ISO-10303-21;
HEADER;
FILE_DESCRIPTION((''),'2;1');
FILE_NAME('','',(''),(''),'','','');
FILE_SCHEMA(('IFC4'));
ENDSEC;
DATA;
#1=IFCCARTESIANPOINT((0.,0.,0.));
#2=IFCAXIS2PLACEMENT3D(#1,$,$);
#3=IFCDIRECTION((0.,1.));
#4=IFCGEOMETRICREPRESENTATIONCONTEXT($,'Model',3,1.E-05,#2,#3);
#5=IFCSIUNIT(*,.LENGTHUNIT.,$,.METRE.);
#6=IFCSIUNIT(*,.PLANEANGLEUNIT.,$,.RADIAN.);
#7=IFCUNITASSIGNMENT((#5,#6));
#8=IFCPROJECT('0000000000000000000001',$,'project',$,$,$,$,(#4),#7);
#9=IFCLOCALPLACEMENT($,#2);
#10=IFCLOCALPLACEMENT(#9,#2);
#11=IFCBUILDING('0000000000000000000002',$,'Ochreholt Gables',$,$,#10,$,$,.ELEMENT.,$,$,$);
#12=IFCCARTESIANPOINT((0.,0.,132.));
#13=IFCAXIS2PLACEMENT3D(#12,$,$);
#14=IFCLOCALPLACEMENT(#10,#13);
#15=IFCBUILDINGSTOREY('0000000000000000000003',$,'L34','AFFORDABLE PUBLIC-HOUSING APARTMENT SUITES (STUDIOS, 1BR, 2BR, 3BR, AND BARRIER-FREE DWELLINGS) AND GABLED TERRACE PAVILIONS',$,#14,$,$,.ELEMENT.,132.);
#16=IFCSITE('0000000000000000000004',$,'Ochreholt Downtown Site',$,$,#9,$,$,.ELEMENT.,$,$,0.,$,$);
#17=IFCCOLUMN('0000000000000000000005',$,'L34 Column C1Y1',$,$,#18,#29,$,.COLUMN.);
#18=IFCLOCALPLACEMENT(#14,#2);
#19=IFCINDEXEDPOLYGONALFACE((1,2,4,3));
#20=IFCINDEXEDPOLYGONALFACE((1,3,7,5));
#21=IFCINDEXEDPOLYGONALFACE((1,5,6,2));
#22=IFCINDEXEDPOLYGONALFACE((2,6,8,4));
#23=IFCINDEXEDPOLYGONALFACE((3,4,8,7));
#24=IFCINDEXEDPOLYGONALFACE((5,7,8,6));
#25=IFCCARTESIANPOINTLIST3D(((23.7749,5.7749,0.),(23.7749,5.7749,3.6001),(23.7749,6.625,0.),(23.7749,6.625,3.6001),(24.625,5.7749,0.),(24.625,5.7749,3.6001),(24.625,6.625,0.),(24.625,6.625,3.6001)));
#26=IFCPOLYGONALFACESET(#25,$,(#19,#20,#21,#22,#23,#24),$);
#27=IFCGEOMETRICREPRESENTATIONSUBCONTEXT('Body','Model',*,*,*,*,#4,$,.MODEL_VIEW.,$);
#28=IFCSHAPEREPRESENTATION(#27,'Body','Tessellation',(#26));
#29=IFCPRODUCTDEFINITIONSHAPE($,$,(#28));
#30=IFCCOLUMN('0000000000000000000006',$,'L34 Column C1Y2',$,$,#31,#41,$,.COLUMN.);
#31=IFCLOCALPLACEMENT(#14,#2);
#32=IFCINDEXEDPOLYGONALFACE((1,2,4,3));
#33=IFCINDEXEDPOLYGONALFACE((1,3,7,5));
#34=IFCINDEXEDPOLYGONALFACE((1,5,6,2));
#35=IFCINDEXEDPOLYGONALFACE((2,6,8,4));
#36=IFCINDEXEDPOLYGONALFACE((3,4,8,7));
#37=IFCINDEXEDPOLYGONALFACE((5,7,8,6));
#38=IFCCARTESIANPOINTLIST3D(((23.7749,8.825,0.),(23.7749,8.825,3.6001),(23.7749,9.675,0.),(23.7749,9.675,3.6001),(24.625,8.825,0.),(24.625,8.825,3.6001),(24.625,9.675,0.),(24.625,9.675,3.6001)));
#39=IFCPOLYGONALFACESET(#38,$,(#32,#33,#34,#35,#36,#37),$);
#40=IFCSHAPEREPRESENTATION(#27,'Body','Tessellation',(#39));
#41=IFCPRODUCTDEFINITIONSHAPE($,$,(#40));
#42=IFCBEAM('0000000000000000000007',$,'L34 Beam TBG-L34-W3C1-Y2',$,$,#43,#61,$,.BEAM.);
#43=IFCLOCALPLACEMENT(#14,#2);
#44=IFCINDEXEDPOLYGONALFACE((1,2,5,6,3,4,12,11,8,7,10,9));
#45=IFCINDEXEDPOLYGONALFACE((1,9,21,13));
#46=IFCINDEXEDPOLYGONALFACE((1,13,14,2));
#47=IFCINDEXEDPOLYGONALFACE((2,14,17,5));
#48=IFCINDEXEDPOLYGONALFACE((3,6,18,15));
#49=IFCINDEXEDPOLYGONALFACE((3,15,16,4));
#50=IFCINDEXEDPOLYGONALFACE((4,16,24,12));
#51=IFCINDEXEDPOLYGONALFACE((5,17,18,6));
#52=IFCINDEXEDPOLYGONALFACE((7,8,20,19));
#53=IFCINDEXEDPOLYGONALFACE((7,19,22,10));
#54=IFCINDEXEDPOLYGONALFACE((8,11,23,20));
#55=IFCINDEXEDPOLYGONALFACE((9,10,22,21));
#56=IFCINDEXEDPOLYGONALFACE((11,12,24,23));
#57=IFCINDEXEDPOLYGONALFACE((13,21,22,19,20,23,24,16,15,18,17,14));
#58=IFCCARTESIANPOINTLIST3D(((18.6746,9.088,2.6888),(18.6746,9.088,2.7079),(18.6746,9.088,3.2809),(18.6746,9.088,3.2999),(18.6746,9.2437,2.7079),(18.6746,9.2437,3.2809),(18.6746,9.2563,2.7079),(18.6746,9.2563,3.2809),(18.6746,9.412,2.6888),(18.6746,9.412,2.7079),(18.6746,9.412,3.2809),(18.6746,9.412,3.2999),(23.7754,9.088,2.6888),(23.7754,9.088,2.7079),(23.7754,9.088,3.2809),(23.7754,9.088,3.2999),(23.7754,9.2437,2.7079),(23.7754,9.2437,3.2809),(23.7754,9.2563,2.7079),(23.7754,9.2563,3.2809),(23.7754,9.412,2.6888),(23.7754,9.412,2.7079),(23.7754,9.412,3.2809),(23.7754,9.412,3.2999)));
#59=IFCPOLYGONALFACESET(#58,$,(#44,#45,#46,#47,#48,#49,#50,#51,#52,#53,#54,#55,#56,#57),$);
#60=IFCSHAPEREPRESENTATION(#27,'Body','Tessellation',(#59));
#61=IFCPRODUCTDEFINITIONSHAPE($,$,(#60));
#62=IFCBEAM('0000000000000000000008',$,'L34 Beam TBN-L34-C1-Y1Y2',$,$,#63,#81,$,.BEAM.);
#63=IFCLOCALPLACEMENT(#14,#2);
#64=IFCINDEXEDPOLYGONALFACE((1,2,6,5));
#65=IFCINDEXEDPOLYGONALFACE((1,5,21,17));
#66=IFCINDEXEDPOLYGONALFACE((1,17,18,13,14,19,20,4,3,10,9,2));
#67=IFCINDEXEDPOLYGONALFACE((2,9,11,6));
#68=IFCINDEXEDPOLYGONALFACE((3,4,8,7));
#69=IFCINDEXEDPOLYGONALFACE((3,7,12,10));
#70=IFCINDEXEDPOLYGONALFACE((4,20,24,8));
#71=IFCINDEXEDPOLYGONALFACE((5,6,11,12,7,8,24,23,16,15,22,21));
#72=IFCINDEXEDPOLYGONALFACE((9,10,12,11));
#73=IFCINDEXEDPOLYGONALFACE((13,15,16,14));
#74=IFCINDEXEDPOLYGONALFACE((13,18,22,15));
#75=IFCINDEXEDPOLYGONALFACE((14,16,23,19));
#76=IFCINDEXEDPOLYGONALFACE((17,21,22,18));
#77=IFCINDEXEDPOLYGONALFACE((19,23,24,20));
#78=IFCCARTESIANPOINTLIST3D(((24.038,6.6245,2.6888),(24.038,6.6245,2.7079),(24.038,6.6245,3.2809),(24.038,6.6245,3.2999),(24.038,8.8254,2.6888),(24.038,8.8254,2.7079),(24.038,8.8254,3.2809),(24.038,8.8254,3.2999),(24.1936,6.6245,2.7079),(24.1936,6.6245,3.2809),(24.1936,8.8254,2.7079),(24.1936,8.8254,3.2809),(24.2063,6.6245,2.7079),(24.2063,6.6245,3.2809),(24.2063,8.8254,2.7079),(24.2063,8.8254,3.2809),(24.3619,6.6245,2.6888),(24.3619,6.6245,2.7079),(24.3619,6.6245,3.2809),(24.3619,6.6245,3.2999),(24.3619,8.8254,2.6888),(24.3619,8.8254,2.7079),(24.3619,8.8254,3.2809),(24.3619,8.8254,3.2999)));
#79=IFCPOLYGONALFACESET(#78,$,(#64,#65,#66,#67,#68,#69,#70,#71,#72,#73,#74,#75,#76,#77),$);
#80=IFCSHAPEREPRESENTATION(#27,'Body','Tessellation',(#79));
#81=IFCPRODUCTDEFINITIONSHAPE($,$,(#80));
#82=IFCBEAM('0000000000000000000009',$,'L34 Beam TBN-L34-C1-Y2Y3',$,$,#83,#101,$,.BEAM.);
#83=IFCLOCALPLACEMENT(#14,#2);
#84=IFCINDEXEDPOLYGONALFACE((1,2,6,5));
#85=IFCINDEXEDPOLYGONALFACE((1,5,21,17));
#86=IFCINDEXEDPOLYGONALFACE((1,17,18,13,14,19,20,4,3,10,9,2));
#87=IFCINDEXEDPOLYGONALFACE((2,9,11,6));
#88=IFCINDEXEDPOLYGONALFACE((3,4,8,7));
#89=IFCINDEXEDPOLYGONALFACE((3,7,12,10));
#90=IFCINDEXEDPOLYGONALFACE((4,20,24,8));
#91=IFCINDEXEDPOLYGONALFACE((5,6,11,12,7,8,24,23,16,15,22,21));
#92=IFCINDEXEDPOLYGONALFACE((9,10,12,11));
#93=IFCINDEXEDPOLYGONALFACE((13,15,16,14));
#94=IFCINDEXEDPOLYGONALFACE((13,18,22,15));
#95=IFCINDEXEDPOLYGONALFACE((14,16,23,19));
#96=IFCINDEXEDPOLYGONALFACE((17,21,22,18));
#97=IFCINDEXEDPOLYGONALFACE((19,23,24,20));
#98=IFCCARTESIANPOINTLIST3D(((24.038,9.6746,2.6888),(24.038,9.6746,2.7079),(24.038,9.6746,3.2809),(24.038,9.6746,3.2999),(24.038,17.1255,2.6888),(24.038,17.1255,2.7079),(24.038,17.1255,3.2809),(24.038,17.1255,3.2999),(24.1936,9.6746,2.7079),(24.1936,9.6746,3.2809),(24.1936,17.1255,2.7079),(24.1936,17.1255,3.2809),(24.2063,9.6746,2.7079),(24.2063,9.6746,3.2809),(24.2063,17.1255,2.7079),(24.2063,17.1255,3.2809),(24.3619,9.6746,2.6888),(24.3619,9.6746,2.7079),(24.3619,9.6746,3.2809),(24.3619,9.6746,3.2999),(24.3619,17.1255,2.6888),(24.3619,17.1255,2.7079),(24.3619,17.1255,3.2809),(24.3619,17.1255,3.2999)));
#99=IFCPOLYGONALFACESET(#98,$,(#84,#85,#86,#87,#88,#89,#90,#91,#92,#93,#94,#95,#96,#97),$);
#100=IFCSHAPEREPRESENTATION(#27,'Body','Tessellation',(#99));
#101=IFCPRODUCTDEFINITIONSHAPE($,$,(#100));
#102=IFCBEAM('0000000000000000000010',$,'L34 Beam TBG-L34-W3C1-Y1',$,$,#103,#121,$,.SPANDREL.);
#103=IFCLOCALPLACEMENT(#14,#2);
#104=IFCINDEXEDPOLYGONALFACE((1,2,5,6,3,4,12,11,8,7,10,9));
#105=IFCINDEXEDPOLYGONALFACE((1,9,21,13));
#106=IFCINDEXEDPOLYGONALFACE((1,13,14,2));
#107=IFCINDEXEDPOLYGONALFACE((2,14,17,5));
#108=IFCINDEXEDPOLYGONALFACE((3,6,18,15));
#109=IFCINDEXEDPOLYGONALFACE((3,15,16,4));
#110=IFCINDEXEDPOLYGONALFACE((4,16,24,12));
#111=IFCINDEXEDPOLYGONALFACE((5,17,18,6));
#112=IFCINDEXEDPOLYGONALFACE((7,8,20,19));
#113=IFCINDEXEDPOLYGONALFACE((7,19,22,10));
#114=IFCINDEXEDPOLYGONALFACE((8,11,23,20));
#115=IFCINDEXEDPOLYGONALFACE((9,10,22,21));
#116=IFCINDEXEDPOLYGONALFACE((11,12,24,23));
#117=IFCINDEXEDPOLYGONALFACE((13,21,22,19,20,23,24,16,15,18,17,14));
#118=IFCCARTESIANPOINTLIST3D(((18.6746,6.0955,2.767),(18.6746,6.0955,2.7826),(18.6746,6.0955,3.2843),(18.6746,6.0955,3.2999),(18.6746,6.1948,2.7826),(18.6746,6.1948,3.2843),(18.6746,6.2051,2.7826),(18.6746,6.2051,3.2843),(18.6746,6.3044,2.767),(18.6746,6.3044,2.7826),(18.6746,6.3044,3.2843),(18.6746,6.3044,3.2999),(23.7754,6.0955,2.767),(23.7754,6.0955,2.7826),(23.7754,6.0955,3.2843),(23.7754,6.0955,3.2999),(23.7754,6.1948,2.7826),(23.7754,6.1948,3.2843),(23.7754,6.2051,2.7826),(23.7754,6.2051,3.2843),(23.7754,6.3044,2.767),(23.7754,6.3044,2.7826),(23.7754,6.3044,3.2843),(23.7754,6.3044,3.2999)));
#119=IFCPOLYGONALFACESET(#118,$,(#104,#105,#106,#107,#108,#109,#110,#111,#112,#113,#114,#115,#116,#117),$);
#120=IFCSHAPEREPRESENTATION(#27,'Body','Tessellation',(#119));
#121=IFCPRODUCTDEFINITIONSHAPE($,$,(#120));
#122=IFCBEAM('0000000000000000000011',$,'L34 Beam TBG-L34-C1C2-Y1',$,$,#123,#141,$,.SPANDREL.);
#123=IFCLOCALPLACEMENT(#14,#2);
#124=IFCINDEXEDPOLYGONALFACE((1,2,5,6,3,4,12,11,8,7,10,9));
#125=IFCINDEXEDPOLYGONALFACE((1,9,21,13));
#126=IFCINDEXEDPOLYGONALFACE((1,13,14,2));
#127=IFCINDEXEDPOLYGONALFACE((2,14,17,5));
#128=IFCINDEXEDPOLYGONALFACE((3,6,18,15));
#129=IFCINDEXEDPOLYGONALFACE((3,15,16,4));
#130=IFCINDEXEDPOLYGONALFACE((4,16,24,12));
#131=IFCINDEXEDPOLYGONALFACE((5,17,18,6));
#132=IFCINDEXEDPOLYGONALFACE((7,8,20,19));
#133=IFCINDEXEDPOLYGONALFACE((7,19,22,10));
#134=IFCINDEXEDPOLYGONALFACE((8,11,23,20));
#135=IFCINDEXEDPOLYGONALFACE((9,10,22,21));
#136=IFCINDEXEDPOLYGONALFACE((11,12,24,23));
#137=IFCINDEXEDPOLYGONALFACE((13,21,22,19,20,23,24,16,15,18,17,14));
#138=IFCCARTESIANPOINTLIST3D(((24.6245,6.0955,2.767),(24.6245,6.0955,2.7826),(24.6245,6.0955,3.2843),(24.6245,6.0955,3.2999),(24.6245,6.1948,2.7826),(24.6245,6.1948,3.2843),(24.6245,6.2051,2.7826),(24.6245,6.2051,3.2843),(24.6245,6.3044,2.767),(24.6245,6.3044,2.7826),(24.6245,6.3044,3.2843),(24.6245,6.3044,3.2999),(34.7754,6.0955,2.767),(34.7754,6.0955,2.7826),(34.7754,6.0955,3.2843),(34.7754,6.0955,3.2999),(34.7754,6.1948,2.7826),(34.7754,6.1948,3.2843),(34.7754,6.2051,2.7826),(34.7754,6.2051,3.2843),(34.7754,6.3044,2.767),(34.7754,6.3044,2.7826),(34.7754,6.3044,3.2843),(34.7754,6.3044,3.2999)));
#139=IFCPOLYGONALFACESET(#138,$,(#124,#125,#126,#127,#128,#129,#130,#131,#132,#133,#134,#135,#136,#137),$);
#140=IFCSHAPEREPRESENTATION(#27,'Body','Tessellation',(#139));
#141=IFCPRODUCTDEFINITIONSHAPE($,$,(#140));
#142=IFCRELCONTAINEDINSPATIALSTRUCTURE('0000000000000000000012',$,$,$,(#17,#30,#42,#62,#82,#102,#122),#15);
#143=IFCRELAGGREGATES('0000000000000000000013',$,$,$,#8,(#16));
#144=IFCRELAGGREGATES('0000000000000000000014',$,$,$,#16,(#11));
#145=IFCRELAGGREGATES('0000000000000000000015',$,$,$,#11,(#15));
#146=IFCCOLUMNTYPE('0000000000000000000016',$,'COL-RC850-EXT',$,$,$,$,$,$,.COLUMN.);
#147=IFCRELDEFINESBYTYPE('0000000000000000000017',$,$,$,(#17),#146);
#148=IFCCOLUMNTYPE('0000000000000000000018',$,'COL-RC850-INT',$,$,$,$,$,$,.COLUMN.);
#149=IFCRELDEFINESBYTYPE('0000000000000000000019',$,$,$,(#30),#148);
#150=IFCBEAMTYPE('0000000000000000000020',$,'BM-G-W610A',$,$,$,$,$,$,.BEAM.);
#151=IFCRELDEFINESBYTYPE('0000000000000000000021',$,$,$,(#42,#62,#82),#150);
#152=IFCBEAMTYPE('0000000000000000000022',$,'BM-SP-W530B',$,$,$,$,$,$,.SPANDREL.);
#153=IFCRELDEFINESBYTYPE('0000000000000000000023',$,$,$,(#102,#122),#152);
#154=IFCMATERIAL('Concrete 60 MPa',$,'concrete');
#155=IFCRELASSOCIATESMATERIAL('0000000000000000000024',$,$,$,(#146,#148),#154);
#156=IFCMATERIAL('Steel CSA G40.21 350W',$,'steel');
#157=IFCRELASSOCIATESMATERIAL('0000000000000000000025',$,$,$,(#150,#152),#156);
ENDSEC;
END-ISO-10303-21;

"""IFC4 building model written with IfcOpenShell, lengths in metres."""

from ifc_helpers import new_model, si_unit, direction, frame, origin, origin_2d, place, context, subcontext, project, spatial, rectangle, i_section, extrude, material, material_profile, profile_set, type_object, element, save


model = new_model("IFC4")

# Units and contexts
model_context = context("Model", 3, precision=1e-05, world=origin(), true_north=direction((0.0, 1.0)))
body_context = subcontext(model_context, "Body", "Model", "MODEL_VIEW")
ifc_project = project(units=[si_unit("LENGTHUNIT", "METRE"), si_unit("PLANEANGLEUNIT", "RADIAN")], contexts=[model_context])

# Site, building, storey
site_placement = place(None, origin())
site = spatial("IfcSite", under=ifc_project, at=site_placement, Name="Ochreholt Downtown Site", CompositionType="ELEMENT", RefElevation=0.0)
building_placement = place(site_placement, origin())
building = spatial("IfcBuilding", under=site, at=building_placement, Name="Ochreholt Gables", CompositionType="ELEMENT")
storey_placement = place(building_placement, frame((0.0, 0.0, 132.0)))
storey = spatial("IfcBuildingStorey", under=building, at=storey_placement, Name="L34", Description="AFFORDABLE PUBLIC-HOUSING APARTMENT SUITES (STUDIOS, 1BR, 2BR, 3BR, AND BARRIER-FREE DWELLINGS) AND GABLED TERRACE PAVILIONS", CompositionType="ELEMENT", Elevation=132.0)

# Columns
ifc_material_1 = material(Name="Concrete 60 MPa", Category="concrete")
ifc_material_profile_1 = material_profile(ifc_material_1, rectangle(XDim=0.8501, YDim=0.8501, at=origin_2d()), Name="RC850X850")
ifc_profile_set_1 = profile_set([ifc_material_profile_1], Name="Concrete 60 MPa")
column_type_1 = type_object("IfcColumnType", Name="COL-RC850-EXT", PredefinedType="COLUMN", material=ifc_profile_set_1)
column_1_placement = place(storey_placement, frame((24.2, 6.2, 0.0), z_axis=(0.0, 0.0, 1.0), x_axis=(1.0, 0.0, 0.0)))
element("IfcColumn", 1, at=column_1_placement, inside=storey, type_object=column_type_1, Name="L34 Column C1Y1", PredefinedType="COLUMN", context=body_context, shape_type="SweptSolid", body=[
    extrude(rectangle(XDim=0.8501, YDim=0.8501, at=origin_2d()), origin(), (0.0, 0.0, 1.0), 3.6001),
])
ifc_material_profile_2 = material_profile(ifc_material_1, rectangle(XDim=0.8501, YDim=0.8501, at=origin_2d()), Name="RC850X850")
ifc_profile_set_2 = profile_set([ifc_material_profile_2], Name="Concrete 60 MPa")
column_type_2 = type_object("IfcColumnType", Name="COL-RC850-INT", PredefinedType="COLUMN", material=ifc_profile_set_2)
column_2_placement = place(storey_placement, frame((24.2, 9.25, 0.0), z_axis=(0.0, 0.0, 1.0), x_axis=(1.0, 0.0, 0.0)))
element("IfcColumn", 2, at=column_2_placement, inside=storey, type_object=column_type_2, Name="L34 Column C1Y2", PredefinedType="COLUMN", context=body_context, shape_type="SweptSolid", body=[
    extrude(rectangle(XDim=0.8501, YDim=0.8501, at=origin_2d()), origin(), (0.0, 0.0, 1.0), 3.6001),
])

# Beams
ifc_material_2 = material(Name="Steel CSA G40.21 350W", Category="steel")
ifc_material_profile_3 = material_profile(ifc_material_2, i_section(OverallWidth=0.324, OverallDepth=0.6111, WebThickness=0.0127, FlangeThickness=0.019, at=origin_2d()), Name="W610X155")
ifc_profile_set_3 = profile_set([ifc_material_profile_3], Name="Steel CSA G40.21 350W")
beam_type_1 = type_object("IfcBeamType", Name="BM-G-W610A", PredefinedType="BEAM", material=ifc_profile_set_3)
beam_1_placement = place(storey_placement, frame((18.6746, 9.25, 2.9944), z_axis=(1.0, 0.0, 0.0), x_axis=(0.0, 1.0, 0.0)))
element("IfcBeam", 3, at=beam_1_placement, inside=storey, type_object=beam_type_1, Name="L34 Beam TBG-L34-W3C1-Y2", PredefinedType="BEAM", context=body_context, shape_type="SweptSolid", body=[
    extrude(i_section(OverallWidth=0.324, OverallDepth=0.6111, WebThickness=0.0127, FlangeThickness=0.019, at=origin_2d()), origin(), (0.0, 0.0, 1.0), 5.1008),
])
beam_2_placement = place(storey_placement, frame((24.2, 6.6245, 2.9944), z_axis=(0.0, 1.0, 0.0), x_axis=(-1.0, 0.0, 0.0)))
element("IfcBeam", 4, at=beam_2_placement, inside=storey, type_object=beam_type_1, Name="L34 Beam TBN-L34-C1-Y1Y2", PredefinedType="BEAM", context=body_context, shape_type="SweptSolid", body=[
    extrude(i_section(OverallWidth=0.324, OverallDepth=0.6111, WebThickness=0.0127, FlangeThickness=0.019, at=origin_2d()), origin(), (0.0, 0.0, 1.0), 2.2009),
])
beam_3_placement = place(storey_placement, frame((24.2, 9.6746, 2.9944), z_axis=(0.0, 1.0, 0.0), x_axis=(-1.0, 0.0, 0.0)))
element("IfcBeam", 5, at=beam_3_placement, inside=storey, type_object=beam_type_1, Name="L34 Beam TBN-L34-C1-Y2Y3", PredefinedType="BEAM", context=body_context, shape_type="SweptSolid", body=[
    extrude(i_section(OverallWidth=0.324, OverallDepth=0.6111, WebThickness=0.0127, FlangeThickness=0.019, at=origin_2d()), origin(), (0.0, 0.0, 1.0), 7.4509),
])
ifc_material_profile_4 = material_profile(ifc_material_2, i_section(OverallWidth=0.209, OverallDepth=0.533, WebThickness=0.0103, FlangeThickness=0.0156, at=origin_2d()), Name="W530X92")
ifc_profile_set_4 = profile_set([ifc_material_profile_4], Name="Steel CSA G40.21 350W")
beam_type_2 = type_object("IfcBeamType", Name="BM-SP-W530B", PredefinedType="SPANDREL", material=ifc_profile_set_4)
beam_4_placement = place(storey_placement, frame((18.6746, 6.2, 3.0334), z_axis=(1.0, 0.0, 0.0), x_axis=(0.0, 1.0, 0.0)))
element("IfcBeam", 6, at=beam_4_placement, inside=storey, type_object=beam_type_2, Name="L34 Beam TBG-L34-W3C1-Y1", PredefinedType="SPANDREL", context=body_context, shape_type="SweptSolid", body=[
    extrude(i_section(OverallWidth=0.209, OverallDepth=0.533, WebThickness=0.0103, FlangeThickness=0.0156, at=origin_2d()), origin(), (0.0, 0.0, 1.0), 5.1008),
])
beam_5_placement = place(storey_placement, frame((24.6245, 6.2, 3.0334), z_axis=(1.0, 0.0, 0.0), x_axis=(0.0, 1.0, 0.0)))
element("IfcBeam", 7, at=beam_5_placement, inside=storey, type_object=beam_type_2, Name="L34 Beam TBG-L34-C1C2-Y1", PredefinedType="SPANDREL", context=body_context, shape_type="SweptSolid", body=[
    extrude(i_section(OverallWidth=0.209, OverallDepth=0.533, WebThickness=0.0103, FlangeThickness=0.0156, at=origin_2d()), origin(), (0.0, 0.0, 1.0), 10.1509),
])

save(model, "model.ifc")
